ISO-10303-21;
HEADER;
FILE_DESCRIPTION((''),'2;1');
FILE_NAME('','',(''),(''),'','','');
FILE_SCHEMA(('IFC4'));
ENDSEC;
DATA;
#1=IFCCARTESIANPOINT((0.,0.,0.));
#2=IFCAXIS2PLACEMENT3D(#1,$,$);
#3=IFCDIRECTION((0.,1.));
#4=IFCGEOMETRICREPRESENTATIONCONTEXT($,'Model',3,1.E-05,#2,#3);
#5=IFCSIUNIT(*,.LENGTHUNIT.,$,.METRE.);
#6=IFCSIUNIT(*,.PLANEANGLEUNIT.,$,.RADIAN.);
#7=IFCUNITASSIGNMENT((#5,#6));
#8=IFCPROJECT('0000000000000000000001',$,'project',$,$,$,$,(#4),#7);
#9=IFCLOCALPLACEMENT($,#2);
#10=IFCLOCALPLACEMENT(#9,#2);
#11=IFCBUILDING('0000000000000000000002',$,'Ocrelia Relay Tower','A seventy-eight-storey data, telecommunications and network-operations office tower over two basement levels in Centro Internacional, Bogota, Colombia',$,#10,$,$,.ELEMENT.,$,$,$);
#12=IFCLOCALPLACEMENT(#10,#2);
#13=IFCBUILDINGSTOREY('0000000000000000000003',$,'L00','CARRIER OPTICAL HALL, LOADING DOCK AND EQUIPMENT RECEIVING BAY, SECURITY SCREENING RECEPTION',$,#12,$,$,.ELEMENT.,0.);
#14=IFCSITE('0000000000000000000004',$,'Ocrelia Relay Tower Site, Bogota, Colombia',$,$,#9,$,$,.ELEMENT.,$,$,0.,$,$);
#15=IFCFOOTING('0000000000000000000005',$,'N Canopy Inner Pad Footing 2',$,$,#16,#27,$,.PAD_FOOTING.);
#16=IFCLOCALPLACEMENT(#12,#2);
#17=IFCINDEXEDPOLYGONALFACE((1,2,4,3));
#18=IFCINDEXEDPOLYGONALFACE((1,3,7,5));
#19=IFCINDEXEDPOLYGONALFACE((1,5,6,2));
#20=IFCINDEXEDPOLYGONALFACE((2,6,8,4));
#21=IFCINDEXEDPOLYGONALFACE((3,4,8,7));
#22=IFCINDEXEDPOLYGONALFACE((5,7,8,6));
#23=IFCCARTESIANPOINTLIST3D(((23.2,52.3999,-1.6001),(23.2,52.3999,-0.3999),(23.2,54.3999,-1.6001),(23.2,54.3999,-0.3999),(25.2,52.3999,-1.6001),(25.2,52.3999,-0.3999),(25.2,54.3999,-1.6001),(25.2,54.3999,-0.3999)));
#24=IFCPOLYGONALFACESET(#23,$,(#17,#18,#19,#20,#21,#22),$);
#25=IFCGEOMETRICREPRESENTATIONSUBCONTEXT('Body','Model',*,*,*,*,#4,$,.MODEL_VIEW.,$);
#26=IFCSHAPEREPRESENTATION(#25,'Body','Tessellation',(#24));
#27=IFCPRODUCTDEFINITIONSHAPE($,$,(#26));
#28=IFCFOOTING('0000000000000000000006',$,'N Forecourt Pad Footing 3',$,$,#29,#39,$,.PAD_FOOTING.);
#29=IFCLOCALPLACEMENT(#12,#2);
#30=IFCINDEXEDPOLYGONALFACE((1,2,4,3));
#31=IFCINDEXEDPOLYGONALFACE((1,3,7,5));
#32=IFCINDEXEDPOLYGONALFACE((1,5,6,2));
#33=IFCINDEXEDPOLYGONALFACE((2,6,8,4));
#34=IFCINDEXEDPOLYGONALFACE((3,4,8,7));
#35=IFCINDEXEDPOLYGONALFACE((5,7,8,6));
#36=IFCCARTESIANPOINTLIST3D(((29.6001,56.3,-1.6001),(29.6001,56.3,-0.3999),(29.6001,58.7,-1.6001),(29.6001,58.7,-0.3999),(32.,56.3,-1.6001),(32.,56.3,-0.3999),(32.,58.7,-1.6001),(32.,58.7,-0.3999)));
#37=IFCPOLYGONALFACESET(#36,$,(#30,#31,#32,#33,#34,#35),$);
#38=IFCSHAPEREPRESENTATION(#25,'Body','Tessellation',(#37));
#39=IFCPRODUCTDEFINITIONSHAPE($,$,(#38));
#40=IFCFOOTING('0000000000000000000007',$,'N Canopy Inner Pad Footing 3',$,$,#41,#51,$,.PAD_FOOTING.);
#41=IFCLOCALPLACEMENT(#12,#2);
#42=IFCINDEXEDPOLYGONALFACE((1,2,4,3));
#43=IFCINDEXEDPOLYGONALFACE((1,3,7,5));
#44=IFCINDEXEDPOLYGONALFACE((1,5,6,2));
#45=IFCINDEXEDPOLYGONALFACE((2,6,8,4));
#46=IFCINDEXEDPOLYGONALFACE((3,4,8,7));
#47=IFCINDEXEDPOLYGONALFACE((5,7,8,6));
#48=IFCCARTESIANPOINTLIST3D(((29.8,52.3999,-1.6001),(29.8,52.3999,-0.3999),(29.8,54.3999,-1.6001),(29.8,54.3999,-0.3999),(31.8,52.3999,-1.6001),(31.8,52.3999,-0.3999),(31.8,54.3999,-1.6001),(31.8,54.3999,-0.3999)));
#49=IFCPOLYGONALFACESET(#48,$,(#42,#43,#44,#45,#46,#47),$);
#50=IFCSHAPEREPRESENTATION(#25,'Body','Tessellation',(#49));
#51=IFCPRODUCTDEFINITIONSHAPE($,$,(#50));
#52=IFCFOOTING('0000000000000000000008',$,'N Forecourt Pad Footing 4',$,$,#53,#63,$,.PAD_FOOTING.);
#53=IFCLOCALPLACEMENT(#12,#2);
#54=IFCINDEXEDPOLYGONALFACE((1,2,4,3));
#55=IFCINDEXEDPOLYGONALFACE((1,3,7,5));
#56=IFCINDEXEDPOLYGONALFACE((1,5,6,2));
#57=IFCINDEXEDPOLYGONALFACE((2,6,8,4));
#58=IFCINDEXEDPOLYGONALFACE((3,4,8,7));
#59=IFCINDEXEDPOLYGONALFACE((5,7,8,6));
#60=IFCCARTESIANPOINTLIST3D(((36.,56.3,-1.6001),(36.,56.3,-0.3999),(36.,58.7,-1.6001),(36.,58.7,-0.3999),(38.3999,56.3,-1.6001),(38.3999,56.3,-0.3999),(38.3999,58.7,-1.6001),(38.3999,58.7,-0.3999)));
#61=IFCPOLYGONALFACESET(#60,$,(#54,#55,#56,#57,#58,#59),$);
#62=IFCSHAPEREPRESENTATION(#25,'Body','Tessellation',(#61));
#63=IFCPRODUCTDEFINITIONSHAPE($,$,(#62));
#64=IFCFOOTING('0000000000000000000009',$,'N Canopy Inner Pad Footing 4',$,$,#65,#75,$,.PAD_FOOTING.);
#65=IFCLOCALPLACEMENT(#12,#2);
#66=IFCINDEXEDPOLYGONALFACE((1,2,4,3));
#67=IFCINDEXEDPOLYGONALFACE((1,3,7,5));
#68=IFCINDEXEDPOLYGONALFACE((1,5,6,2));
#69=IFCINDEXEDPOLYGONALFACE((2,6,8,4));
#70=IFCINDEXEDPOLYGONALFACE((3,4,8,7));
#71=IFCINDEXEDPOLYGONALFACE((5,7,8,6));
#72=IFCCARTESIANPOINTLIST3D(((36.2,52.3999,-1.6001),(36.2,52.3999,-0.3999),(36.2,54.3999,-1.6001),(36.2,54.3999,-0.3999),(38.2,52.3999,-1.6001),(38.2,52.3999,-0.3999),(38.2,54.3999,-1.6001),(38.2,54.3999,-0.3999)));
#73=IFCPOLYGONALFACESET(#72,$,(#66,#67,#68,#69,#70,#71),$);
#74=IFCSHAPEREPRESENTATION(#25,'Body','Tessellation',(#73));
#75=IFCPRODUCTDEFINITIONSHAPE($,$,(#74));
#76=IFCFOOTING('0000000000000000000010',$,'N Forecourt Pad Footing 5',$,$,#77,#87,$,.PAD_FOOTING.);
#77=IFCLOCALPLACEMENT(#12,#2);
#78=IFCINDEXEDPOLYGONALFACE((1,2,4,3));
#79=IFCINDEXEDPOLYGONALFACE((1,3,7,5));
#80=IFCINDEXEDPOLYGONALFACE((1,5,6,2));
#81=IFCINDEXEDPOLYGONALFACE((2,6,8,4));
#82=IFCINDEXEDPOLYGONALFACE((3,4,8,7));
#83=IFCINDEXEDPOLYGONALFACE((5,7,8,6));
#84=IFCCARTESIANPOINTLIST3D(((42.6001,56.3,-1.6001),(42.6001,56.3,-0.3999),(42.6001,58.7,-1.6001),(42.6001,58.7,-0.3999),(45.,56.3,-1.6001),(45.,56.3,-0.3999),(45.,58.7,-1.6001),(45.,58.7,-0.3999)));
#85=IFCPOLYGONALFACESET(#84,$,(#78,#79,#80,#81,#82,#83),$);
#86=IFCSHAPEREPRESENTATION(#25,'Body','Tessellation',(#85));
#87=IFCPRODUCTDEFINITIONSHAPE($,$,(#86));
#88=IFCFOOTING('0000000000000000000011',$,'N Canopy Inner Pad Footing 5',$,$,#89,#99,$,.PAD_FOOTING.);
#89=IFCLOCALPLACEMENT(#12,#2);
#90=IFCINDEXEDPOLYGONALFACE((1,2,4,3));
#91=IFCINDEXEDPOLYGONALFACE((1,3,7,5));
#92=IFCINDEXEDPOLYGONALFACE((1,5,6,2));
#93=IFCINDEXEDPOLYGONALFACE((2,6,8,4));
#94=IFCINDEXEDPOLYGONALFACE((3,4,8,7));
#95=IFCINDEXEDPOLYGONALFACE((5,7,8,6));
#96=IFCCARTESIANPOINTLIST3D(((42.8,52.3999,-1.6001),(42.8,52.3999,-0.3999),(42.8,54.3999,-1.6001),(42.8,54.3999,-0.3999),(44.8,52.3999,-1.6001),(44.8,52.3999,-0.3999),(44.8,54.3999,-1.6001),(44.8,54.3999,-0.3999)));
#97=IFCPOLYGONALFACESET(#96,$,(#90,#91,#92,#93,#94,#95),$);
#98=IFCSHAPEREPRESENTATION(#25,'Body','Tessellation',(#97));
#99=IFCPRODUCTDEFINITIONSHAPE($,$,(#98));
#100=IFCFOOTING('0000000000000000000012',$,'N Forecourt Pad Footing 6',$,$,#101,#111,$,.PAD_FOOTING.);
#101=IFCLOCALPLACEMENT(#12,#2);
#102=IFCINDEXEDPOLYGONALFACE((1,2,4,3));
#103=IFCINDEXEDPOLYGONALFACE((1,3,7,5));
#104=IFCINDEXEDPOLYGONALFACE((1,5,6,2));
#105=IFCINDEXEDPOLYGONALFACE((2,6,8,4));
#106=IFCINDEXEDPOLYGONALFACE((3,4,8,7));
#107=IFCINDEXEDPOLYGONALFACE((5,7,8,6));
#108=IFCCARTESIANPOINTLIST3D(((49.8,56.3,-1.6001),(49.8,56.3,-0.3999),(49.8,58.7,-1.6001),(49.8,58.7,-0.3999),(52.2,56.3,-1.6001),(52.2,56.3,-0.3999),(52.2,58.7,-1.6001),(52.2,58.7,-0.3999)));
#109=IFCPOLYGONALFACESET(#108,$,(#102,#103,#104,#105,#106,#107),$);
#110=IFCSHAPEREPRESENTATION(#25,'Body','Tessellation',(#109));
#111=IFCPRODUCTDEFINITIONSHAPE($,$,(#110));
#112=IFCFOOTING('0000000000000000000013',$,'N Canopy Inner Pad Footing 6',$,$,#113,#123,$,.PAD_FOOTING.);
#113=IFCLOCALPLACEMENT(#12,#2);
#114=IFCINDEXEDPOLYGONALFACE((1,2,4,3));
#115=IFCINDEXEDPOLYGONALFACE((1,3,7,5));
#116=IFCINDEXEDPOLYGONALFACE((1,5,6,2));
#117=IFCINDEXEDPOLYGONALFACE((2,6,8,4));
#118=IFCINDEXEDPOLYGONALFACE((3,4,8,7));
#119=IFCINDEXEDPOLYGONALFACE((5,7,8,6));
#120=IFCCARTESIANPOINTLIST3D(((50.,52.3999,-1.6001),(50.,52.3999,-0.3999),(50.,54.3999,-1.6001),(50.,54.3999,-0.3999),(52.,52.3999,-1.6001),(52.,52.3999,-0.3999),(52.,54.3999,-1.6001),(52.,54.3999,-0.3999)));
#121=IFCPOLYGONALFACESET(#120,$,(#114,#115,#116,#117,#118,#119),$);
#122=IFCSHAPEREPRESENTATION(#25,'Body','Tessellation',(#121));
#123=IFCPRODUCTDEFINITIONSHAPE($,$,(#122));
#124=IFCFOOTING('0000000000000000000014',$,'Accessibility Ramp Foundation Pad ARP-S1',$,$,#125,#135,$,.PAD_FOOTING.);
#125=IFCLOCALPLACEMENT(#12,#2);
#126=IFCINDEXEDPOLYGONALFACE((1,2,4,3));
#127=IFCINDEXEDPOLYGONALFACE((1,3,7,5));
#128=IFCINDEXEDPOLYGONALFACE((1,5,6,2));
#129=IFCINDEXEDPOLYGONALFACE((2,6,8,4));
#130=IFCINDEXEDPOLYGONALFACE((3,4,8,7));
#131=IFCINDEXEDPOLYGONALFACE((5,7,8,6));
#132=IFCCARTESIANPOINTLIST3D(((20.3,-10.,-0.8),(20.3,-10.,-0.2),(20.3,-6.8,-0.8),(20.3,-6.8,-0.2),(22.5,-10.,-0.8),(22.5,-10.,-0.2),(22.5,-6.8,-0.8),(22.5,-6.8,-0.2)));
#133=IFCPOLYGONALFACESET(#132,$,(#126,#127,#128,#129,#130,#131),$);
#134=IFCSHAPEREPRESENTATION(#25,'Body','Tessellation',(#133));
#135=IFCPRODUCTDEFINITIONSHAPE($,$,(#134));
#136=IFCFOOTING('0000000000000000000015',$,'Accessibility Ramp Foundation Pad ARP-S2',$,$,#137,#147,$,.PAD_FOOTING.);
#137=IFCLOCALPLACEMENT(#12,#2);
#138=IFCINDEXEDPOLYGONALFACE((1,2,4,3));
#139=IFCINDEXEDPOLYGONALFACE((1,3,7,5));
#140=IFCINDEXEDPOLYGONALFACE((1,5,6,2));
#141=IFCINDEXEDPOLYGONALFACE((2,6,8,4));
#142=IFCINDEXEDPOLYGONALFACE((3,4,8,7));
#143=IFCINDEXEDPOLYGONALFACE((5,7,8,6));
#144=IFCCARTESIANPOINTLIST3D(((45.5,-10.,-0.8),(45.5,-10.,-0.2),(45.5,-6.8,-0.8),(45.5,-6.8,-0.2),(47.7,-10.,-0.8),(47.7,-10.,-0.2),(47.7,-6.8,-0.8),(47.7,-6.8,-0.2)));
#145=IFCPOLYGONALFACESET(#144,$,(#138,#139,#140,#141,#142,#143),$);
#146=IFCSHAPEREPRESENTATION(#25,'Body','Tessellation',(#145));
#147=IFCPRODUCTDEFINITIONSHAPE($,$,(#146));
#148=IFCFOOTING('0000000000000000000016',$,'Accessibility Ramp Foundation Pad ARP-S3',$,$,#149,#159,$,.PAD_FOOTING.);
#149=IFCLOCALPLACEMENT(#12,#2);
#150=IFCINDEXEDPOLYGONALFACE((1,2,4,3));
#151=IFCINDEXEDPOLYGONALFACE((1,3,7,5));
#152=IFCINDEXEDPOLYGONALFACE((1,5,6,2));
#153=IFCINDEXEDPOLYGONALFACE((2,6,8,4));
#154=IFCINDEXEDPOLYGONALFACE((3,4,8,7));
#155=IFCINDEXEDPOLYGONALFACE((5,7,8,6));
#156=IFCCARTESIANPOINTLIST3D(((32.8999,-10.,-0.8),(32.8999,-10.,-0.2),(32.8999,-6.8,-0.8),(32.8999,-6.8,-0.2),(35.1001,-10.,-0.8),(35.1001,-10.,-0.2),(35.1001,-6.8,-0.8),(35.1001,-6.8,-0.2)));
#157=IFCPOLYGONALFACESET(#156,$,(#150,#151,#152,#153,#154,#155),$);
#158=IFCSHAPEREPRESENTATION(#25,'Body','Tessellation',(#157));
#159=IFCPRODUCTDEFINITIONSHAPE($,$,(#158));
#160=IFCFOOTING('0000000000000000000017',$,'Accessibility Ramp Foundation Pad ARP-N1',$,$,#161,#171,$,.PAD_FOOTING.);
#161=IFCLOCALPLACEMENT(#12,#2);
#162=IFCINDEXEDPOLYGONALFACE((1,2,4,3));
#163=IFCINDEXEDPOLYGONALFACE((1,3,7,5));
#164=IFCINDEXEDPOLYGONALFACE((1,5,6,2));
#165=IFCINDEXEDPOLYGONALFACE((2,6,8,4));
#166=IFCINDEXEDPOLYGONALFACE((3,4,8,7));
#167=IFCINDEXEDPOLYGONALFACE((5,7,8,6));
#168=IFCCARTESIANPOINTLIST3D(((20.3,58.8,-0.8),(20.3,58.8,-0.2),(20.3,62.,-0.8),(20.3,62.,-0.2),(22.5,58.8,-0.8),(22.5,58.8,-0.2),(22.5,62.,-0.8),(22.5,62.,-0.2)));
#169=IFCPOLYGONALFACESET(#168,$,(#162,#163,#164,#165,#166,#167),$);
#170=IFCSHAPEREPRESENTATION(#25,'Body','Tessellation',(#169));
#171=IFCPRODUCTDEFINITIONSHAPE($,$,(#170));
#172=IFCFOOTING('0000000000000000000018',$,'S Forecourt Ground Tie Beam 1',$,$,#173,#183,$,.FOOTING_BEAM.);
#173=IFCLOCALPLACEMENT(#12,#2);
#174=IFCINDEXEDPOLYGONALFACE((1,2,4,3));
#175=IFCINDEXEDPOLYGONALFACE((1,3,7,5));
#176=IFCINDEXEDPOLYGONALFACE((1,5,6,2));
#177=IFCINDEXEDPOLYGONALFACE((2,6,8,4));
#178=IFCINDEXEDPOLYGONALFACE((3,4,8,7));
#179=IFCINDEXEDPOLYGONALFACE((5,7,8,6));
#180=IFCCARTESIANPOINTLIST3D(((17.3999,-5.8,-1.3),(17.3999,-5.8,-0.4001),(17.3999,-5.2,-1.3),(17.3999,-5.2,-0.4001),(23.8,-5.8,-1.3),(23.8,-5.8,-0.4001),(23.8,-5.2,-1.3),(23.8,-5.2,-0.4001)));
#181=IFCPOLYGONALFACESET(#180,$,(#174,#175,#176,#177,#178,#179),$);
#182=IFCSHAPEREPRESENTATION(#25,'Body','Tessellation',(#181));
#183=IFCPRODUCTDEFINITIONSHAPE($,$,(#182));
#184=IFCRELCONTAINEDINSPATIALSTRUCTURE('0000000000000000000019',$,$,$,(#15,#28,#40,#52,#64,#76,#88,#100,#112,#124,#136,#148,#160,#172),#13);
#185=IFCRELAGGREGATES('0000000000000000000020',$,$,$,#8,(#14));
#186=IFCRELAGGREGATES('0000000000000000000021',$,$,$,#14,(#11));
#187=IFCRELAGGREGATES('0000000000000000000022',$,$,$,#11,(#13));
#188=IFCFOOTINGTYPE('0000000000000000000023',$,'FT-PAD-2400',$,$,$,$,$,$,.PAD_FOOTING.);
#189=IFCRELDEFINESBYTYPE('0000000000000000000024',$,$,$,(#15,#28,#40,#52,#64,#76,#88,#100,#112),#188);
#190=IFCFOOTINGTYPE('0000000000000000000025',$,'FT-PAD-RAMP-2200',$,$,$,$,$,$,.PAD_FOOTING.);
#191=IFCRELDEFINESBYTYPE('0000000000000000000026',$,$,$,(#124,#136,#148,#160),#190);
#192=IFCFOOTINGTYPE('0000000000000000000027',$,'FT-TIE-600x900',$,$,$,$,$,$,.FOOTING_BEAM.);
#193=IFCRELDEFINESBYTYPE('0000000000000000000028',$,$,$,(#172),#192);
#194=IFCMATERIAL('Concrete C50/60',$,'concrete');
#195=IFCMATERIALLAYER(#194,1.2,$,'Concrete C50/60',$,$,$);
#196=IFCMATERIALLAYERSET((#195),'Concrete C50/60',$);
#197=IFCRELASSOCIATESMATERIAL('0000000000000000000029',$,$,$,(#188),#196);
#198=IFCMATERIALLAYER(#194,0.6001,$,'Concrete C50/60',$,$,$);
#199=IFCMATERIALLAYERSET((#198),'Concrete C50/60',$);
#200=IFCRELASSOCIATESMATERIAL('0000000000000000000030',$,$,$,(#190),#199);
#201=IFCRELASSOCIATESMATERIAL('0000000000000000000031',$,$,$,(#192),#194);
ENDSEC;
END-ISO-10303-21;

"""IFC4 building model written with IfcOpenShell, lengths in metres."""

from ifc_helpers import new_model, si_unit, direction, frame, origin, origin_2d, place, context, subcontext, project, spatial, polyline, rectangle, outline, extrude, material, layer, layer_set, material_profile, profile_set, type_object, element, save


model = new_model("IFC4")

# Units and contexts
model_context = context("Model", 3, precision=1e-05, world=origin(), true_north=direction((0.0, 1.0)))
body_context = subcontext(model_context, "Body", "Model", "MODEL_VIEW")
ifc_project = project(units=[si_unit("LENGTHUNIT", "METRE"), si_unit("PLANEANGLEUNIT", "RADIAN")], contexts=[model_context])

# Site, building, storey
site_placement = place(None, origin())
site = spatial("IfcSite", under=ifc_project, at=site_placement, Name="Ocrelia Relay Tower Site, Bogota, Colombia", CompositionType="ELEMENT", RefElevation=0.0)
building_placement = place(site_placement, origin())
building = spatial("IfcBuilding", under=site, at=building_placement, Name="Ocrelia Relay Tower", Description="A seventy-eight-storey data, telecommunications and network-operations office tower over two basement levels in Centro Internacional, Bogota, Colombia", CompositionType="ELEMENT")
storey_placement = place(building_placement, origin())
storey = spatial("IfcBuildingStorey", under=building, at=storey_placement, Name="L00", Description="CARRIER OPTICAL HALL, LOADING DOCK AND EQUIPMENT RECEIVING BAY, SECURITY SCREENING RECEPTION", CompositionType="ELEMENT", Elevation=0.0)

# Footings
ifc_material_1 = material(Name="Concrete C50/60", Category="concrete")
ifc_layer_1 = layer(ifc_material_1, 1.2, Name="Concrete C50/60")
ifc_layer_set_1 = layer_set([ifc_layer_1], Name="Concrete C50/60")
footing_type_1 = type_object("IfcFootingType", Name="FT-PAD-2400", PredefinedType="PAD_FOOTING", material=ifc_layer_set_1)
footing_1_placement = place(storey_placement, frame((0.0, 0.0, -1.6001)))
element("IfcFooting", 1, at=footing_1_placement, inside=storey, type_object=footing_type_1, Name="N Canopy Inner Pad Footing 2", PredefinedType="PAD_FOOTING", context=body_context, shape_type="SweptSolid", body=[
    extrude(outline(polyline([(23.2, 52.3999), (25.2, 52.3999), (25.2, 54.3999), (23.2, 54.3999), (23.2, 52.3999)])), origin(), (0.0, 0.0, 1.0), 1.2002),
])
footing_2_placement = place(storey_placement, frame((0.0, 0.0, -1.6001)))
element("IfcFooting", 2, at=footing_2_placement, inside=storey, type_object=footing_type_1, Name="N Forecourt Pad Footing 3", PredefinedType="PAD_FOOTING", context=body_context, shape_type="SweptSolid", body=[
    extrude(outline(polyline([(29.6001, 56.3), (32.0, 56.3), (32.0, 58.7), (29.6001, 58.7), (29.6001, 56.3)])), origin(), (0.0, 0.0, 1.0), 1.2002),
])
footing_3_placement = place(storey_placement, frame((0.0, 0.0, -1.6001)))
element("IfcFooting", 3, at=footing_3_placement, inside=storey, type_object=footing_type_1, Name="N Canopy Inner Pad Footing 3", PredefinedType="PAD_FOOTING", context=body_context, shape_type="SweptSolid", body=[
    extrude(outline(polyline([(29.8, 52.3999), (31.8, 52.3999), (31.8, 54.3999), (29.8, 54.3999), (29.8, 52.3999)])), origin(), (0.0, 0.0, 1.0), 1.2002),
])
footing_4_placement = place(storey_placement, frame((0.0, 0.0, -1.6001)))
element("IfcFooting", 4, at=footing_4_placement, inside=storey, type_object=footing_type_1, Name="N Forecourt Pad Footing 4", PredefinedType="PAD_FOOTING", context=body_context, shape_type="SweptSolid", body=[
    extrude(outline(polyline([(36.0, 56.3), (38.3999, 56.3), (38.3999, 58.7), (36.0, 58.7), (36.0, 56.3)])), origin(), (0.0, 0.0, 1.0), 1.2002),
])
footing_5_placement = place(storey_placement, frame((0.0, 0.0, -1.6001)))
element("IfcFooting", 5, at=footing_5_placement, inside=storey, type_object=footing_type_1, Name="N Canopy Inner Pad Footing 4", PredefinedType="PAD_FOOTING", context=body_context, shape_type="SweptSolid", body=[
    extrude(outline(polyline([(36.2, 52.3999), (38.2, 52.3999), (38.2, 54.3999), (36.2, 54.3999), (36.2, 52.3999)])), origin(), (0.0, 0.0, 1.0), 1.2002),
])
footing_6_placement = place(storey_placement, frame((0.0, 0.0, -1.6001)))
element("IfcFooting", 6, at=footing_6_placement, inside=storey, type_object=footing_type_1, Name="N Forecourt Pad Footing 5", PredefinedType="PAD_FOOTING", context=body_context, shape_type="SweptSolid", body=[
    extrude(outline(polyline([(42.6001, 56.3), (45.0, 56.3), (45.0, 58.7), (42.6001, 58.7), (42.6001, 56.3)])), origin(), (0.0, 0.0, 1.0), 1.2002),
])
footing_7_placement = place(storey_placement, frame((0.0, 0.0, -1.6001)))
element("IfcFooting", 7, at=footing_7_placement, inside=storey, type_object=footing_type_1, Name="N Canopy Inner Pad Footing 5", PredefinedType="PAD_FOOTING", context=body_context, shape_type="SweptSolid", body=[
    extrude(outline(polyline([(42.8, 52.3999), (44.8, 52.3999), (44.8, 54.3999), (42.8, 54.3999), (42.8, 52.3999)])), origin(), (0.0, 0.0, 1.0), 1.2002),
])
footing_8_placement = place(storey_placement, frame((0.0, 0.0, -1.6001)))
element("IfcFooting", 8, at=footing_8_placement, inside=storey, type_object=footing_type_1, Name="N Forecourt Pad Footing 6", PredefinedType="PAD_FOOTING", context=body_context, shape_type="SweptSolid", body=[
    extrude(outline(polyline([(49.8, 56.3), (52.2, 56.3), (52.2, 58.7), (49.8, 58.7), (49.8, 56.3)])), origin(), (0.0, 0.0, 1.0), 1.2002),
])
footing_9_placement = place(storey_placement, frame((0.0, 0.0, -1.6001)))
element("IfcFooting", 9, at=footing_9_placement, inside=storey, type_object=footing_type_1, Name="N Canopy Inner Pad Footing 6", PredefinedType="PAD_FOOTING", context=body_context, shape_type="SweptSolid", body=[
    extrude(outline(polyline([(50.0, 52.3999), (52.0, 52.3999), (52.0, 54.3999), (50.0, 54.3999), (50.0, 52.3999)])), origin(), (0.0, 0.0, 1.0), 1.2002),
])
ifc_layer_2 = layer(ifc_material_1, 0.6001, Name="Concrete C50/60")
ifc_layer_set_2 = layer_set([ifc_layer_2], Name="Concrete C50/60")
footing_type_2 = type_object("IfcFootingType", Name="FT-PAD-RAMP-2200", PredefinedType="PAD_FOOTING", material=ifc_layer_set_2)
footing_10_placement = place(storey_placement, frame((0.0, 0.0, -0.8)))
element("IfcFooting", 10, at=footing_10_placement, inside=storey, type_object=footing_type_2, Name="Accessibility Ramp Foundation Pad ARP-S1", PredefinedType="PAD_FOOTING", context=body_context, shape_type="SweptSolid", body=[
    extrude(outline(polyline([(20.3, -10.0), (22.5, -10.0), (22.5, -6.8), (20.3, -6.8), (20.3, -10.0)])), origin(), (0.0, 0.0, 1.0), 0.6001),
])
footing_11_placement = place(storey_placement, frame((0.0, 0.0, -0.8)))
element("IfcFooting", 11, at=footing_11_placement, inside=storey, type_object=footing_type_2, Name="Accessibility Ramp Foundation Pad ARP-S2", PredefinedType="PAD_FOOTING", context=body_context, shape_type="SweptSolid", body=[
    extrude(outline(polyline([(45.5, -10.0), (47.7, -10.0), (47.7, -6.8), (45.5, -6.8), (45.5, -10.0)])), origin(), (0.0, 0.0, 1.0), 0.6001),
])
footing_12_placement = place(storey_placement, frame((0.0, 0.0, -0.8)))
element("IfcFooting", 12, at=footing_12_placement, inside=storey, type_object=footing_type_2, Name="Accessibility Ramp Foundation Pad ARP-S3", PredefinedType="PAD_FOOTING", context=body_context, shape_type="SweptSolid", body=[
    extrude(outline(polyline([(32.8999, -10.0), (35.1001, -10.0), (35.1001, -6.8), (32.8999, -6.8), (32.8999, -10.0)])), origin(), (0.0, 0.0, 1.0), 0.6001),
])
footing_13_placement = place(storey_placement, frame((0.0, 0.0, -0.8)))
element("IfcFooting", 13, at=footing_13_placement, inside=storey, type_object=footing_type_2, Name="Accessibility Ramp Foundation Pad ARP-N1", PredefinedType="PAD_FOOTING", context=body_context, shape_type="SweptSolid", body=[
    extrude(outline(polyline([(20.3, 58.8), (22.5, 58.8), (22.5, 62.0), (20.3, 62.0), (20.3, 58.8)])), origin(), (0.0, 0.0, 1.0), 0.6001),
])
ifc_material_profile_1 = material_profile(ifc_material_1, rectangle(XDim=0.6001, YDim=0.8999, at=origin_2d()), Name="RC-BM-600x900")
ifc_profile_set_1 = profile_set([ifc_material_profile_1], Name="Concrete C50/60")
footing_type_3 = type_object("IfcFootingType", Name="FT-TIE-600x900", PredefinedType="FOOTING_BEAM", material=ifc_profile_set_1)
footing_14_placement = place(storey_placement, frame((17.3999, -5.5, -0.8501), z_axis=(1.0, 0.0, 0.0), x_axis=(0.0, 1.0, 0.0)))
element("IfcFooting", 14, at=footing_14_placement, inside=storey, type_object=footing_type_3, Name="S Forecourt Ground Tie Beam 1", PredefinedType="FOOTING_BEAM", context=body_context, shape_type="SweptSolid", body=[
    extrude(rectangle(XDim=0.6001, YDim=0.8999, at=origin_2d()), origin(), (0.0, 0.0, 1.0), 6.4001),
])

save(model, "model.ifc")
